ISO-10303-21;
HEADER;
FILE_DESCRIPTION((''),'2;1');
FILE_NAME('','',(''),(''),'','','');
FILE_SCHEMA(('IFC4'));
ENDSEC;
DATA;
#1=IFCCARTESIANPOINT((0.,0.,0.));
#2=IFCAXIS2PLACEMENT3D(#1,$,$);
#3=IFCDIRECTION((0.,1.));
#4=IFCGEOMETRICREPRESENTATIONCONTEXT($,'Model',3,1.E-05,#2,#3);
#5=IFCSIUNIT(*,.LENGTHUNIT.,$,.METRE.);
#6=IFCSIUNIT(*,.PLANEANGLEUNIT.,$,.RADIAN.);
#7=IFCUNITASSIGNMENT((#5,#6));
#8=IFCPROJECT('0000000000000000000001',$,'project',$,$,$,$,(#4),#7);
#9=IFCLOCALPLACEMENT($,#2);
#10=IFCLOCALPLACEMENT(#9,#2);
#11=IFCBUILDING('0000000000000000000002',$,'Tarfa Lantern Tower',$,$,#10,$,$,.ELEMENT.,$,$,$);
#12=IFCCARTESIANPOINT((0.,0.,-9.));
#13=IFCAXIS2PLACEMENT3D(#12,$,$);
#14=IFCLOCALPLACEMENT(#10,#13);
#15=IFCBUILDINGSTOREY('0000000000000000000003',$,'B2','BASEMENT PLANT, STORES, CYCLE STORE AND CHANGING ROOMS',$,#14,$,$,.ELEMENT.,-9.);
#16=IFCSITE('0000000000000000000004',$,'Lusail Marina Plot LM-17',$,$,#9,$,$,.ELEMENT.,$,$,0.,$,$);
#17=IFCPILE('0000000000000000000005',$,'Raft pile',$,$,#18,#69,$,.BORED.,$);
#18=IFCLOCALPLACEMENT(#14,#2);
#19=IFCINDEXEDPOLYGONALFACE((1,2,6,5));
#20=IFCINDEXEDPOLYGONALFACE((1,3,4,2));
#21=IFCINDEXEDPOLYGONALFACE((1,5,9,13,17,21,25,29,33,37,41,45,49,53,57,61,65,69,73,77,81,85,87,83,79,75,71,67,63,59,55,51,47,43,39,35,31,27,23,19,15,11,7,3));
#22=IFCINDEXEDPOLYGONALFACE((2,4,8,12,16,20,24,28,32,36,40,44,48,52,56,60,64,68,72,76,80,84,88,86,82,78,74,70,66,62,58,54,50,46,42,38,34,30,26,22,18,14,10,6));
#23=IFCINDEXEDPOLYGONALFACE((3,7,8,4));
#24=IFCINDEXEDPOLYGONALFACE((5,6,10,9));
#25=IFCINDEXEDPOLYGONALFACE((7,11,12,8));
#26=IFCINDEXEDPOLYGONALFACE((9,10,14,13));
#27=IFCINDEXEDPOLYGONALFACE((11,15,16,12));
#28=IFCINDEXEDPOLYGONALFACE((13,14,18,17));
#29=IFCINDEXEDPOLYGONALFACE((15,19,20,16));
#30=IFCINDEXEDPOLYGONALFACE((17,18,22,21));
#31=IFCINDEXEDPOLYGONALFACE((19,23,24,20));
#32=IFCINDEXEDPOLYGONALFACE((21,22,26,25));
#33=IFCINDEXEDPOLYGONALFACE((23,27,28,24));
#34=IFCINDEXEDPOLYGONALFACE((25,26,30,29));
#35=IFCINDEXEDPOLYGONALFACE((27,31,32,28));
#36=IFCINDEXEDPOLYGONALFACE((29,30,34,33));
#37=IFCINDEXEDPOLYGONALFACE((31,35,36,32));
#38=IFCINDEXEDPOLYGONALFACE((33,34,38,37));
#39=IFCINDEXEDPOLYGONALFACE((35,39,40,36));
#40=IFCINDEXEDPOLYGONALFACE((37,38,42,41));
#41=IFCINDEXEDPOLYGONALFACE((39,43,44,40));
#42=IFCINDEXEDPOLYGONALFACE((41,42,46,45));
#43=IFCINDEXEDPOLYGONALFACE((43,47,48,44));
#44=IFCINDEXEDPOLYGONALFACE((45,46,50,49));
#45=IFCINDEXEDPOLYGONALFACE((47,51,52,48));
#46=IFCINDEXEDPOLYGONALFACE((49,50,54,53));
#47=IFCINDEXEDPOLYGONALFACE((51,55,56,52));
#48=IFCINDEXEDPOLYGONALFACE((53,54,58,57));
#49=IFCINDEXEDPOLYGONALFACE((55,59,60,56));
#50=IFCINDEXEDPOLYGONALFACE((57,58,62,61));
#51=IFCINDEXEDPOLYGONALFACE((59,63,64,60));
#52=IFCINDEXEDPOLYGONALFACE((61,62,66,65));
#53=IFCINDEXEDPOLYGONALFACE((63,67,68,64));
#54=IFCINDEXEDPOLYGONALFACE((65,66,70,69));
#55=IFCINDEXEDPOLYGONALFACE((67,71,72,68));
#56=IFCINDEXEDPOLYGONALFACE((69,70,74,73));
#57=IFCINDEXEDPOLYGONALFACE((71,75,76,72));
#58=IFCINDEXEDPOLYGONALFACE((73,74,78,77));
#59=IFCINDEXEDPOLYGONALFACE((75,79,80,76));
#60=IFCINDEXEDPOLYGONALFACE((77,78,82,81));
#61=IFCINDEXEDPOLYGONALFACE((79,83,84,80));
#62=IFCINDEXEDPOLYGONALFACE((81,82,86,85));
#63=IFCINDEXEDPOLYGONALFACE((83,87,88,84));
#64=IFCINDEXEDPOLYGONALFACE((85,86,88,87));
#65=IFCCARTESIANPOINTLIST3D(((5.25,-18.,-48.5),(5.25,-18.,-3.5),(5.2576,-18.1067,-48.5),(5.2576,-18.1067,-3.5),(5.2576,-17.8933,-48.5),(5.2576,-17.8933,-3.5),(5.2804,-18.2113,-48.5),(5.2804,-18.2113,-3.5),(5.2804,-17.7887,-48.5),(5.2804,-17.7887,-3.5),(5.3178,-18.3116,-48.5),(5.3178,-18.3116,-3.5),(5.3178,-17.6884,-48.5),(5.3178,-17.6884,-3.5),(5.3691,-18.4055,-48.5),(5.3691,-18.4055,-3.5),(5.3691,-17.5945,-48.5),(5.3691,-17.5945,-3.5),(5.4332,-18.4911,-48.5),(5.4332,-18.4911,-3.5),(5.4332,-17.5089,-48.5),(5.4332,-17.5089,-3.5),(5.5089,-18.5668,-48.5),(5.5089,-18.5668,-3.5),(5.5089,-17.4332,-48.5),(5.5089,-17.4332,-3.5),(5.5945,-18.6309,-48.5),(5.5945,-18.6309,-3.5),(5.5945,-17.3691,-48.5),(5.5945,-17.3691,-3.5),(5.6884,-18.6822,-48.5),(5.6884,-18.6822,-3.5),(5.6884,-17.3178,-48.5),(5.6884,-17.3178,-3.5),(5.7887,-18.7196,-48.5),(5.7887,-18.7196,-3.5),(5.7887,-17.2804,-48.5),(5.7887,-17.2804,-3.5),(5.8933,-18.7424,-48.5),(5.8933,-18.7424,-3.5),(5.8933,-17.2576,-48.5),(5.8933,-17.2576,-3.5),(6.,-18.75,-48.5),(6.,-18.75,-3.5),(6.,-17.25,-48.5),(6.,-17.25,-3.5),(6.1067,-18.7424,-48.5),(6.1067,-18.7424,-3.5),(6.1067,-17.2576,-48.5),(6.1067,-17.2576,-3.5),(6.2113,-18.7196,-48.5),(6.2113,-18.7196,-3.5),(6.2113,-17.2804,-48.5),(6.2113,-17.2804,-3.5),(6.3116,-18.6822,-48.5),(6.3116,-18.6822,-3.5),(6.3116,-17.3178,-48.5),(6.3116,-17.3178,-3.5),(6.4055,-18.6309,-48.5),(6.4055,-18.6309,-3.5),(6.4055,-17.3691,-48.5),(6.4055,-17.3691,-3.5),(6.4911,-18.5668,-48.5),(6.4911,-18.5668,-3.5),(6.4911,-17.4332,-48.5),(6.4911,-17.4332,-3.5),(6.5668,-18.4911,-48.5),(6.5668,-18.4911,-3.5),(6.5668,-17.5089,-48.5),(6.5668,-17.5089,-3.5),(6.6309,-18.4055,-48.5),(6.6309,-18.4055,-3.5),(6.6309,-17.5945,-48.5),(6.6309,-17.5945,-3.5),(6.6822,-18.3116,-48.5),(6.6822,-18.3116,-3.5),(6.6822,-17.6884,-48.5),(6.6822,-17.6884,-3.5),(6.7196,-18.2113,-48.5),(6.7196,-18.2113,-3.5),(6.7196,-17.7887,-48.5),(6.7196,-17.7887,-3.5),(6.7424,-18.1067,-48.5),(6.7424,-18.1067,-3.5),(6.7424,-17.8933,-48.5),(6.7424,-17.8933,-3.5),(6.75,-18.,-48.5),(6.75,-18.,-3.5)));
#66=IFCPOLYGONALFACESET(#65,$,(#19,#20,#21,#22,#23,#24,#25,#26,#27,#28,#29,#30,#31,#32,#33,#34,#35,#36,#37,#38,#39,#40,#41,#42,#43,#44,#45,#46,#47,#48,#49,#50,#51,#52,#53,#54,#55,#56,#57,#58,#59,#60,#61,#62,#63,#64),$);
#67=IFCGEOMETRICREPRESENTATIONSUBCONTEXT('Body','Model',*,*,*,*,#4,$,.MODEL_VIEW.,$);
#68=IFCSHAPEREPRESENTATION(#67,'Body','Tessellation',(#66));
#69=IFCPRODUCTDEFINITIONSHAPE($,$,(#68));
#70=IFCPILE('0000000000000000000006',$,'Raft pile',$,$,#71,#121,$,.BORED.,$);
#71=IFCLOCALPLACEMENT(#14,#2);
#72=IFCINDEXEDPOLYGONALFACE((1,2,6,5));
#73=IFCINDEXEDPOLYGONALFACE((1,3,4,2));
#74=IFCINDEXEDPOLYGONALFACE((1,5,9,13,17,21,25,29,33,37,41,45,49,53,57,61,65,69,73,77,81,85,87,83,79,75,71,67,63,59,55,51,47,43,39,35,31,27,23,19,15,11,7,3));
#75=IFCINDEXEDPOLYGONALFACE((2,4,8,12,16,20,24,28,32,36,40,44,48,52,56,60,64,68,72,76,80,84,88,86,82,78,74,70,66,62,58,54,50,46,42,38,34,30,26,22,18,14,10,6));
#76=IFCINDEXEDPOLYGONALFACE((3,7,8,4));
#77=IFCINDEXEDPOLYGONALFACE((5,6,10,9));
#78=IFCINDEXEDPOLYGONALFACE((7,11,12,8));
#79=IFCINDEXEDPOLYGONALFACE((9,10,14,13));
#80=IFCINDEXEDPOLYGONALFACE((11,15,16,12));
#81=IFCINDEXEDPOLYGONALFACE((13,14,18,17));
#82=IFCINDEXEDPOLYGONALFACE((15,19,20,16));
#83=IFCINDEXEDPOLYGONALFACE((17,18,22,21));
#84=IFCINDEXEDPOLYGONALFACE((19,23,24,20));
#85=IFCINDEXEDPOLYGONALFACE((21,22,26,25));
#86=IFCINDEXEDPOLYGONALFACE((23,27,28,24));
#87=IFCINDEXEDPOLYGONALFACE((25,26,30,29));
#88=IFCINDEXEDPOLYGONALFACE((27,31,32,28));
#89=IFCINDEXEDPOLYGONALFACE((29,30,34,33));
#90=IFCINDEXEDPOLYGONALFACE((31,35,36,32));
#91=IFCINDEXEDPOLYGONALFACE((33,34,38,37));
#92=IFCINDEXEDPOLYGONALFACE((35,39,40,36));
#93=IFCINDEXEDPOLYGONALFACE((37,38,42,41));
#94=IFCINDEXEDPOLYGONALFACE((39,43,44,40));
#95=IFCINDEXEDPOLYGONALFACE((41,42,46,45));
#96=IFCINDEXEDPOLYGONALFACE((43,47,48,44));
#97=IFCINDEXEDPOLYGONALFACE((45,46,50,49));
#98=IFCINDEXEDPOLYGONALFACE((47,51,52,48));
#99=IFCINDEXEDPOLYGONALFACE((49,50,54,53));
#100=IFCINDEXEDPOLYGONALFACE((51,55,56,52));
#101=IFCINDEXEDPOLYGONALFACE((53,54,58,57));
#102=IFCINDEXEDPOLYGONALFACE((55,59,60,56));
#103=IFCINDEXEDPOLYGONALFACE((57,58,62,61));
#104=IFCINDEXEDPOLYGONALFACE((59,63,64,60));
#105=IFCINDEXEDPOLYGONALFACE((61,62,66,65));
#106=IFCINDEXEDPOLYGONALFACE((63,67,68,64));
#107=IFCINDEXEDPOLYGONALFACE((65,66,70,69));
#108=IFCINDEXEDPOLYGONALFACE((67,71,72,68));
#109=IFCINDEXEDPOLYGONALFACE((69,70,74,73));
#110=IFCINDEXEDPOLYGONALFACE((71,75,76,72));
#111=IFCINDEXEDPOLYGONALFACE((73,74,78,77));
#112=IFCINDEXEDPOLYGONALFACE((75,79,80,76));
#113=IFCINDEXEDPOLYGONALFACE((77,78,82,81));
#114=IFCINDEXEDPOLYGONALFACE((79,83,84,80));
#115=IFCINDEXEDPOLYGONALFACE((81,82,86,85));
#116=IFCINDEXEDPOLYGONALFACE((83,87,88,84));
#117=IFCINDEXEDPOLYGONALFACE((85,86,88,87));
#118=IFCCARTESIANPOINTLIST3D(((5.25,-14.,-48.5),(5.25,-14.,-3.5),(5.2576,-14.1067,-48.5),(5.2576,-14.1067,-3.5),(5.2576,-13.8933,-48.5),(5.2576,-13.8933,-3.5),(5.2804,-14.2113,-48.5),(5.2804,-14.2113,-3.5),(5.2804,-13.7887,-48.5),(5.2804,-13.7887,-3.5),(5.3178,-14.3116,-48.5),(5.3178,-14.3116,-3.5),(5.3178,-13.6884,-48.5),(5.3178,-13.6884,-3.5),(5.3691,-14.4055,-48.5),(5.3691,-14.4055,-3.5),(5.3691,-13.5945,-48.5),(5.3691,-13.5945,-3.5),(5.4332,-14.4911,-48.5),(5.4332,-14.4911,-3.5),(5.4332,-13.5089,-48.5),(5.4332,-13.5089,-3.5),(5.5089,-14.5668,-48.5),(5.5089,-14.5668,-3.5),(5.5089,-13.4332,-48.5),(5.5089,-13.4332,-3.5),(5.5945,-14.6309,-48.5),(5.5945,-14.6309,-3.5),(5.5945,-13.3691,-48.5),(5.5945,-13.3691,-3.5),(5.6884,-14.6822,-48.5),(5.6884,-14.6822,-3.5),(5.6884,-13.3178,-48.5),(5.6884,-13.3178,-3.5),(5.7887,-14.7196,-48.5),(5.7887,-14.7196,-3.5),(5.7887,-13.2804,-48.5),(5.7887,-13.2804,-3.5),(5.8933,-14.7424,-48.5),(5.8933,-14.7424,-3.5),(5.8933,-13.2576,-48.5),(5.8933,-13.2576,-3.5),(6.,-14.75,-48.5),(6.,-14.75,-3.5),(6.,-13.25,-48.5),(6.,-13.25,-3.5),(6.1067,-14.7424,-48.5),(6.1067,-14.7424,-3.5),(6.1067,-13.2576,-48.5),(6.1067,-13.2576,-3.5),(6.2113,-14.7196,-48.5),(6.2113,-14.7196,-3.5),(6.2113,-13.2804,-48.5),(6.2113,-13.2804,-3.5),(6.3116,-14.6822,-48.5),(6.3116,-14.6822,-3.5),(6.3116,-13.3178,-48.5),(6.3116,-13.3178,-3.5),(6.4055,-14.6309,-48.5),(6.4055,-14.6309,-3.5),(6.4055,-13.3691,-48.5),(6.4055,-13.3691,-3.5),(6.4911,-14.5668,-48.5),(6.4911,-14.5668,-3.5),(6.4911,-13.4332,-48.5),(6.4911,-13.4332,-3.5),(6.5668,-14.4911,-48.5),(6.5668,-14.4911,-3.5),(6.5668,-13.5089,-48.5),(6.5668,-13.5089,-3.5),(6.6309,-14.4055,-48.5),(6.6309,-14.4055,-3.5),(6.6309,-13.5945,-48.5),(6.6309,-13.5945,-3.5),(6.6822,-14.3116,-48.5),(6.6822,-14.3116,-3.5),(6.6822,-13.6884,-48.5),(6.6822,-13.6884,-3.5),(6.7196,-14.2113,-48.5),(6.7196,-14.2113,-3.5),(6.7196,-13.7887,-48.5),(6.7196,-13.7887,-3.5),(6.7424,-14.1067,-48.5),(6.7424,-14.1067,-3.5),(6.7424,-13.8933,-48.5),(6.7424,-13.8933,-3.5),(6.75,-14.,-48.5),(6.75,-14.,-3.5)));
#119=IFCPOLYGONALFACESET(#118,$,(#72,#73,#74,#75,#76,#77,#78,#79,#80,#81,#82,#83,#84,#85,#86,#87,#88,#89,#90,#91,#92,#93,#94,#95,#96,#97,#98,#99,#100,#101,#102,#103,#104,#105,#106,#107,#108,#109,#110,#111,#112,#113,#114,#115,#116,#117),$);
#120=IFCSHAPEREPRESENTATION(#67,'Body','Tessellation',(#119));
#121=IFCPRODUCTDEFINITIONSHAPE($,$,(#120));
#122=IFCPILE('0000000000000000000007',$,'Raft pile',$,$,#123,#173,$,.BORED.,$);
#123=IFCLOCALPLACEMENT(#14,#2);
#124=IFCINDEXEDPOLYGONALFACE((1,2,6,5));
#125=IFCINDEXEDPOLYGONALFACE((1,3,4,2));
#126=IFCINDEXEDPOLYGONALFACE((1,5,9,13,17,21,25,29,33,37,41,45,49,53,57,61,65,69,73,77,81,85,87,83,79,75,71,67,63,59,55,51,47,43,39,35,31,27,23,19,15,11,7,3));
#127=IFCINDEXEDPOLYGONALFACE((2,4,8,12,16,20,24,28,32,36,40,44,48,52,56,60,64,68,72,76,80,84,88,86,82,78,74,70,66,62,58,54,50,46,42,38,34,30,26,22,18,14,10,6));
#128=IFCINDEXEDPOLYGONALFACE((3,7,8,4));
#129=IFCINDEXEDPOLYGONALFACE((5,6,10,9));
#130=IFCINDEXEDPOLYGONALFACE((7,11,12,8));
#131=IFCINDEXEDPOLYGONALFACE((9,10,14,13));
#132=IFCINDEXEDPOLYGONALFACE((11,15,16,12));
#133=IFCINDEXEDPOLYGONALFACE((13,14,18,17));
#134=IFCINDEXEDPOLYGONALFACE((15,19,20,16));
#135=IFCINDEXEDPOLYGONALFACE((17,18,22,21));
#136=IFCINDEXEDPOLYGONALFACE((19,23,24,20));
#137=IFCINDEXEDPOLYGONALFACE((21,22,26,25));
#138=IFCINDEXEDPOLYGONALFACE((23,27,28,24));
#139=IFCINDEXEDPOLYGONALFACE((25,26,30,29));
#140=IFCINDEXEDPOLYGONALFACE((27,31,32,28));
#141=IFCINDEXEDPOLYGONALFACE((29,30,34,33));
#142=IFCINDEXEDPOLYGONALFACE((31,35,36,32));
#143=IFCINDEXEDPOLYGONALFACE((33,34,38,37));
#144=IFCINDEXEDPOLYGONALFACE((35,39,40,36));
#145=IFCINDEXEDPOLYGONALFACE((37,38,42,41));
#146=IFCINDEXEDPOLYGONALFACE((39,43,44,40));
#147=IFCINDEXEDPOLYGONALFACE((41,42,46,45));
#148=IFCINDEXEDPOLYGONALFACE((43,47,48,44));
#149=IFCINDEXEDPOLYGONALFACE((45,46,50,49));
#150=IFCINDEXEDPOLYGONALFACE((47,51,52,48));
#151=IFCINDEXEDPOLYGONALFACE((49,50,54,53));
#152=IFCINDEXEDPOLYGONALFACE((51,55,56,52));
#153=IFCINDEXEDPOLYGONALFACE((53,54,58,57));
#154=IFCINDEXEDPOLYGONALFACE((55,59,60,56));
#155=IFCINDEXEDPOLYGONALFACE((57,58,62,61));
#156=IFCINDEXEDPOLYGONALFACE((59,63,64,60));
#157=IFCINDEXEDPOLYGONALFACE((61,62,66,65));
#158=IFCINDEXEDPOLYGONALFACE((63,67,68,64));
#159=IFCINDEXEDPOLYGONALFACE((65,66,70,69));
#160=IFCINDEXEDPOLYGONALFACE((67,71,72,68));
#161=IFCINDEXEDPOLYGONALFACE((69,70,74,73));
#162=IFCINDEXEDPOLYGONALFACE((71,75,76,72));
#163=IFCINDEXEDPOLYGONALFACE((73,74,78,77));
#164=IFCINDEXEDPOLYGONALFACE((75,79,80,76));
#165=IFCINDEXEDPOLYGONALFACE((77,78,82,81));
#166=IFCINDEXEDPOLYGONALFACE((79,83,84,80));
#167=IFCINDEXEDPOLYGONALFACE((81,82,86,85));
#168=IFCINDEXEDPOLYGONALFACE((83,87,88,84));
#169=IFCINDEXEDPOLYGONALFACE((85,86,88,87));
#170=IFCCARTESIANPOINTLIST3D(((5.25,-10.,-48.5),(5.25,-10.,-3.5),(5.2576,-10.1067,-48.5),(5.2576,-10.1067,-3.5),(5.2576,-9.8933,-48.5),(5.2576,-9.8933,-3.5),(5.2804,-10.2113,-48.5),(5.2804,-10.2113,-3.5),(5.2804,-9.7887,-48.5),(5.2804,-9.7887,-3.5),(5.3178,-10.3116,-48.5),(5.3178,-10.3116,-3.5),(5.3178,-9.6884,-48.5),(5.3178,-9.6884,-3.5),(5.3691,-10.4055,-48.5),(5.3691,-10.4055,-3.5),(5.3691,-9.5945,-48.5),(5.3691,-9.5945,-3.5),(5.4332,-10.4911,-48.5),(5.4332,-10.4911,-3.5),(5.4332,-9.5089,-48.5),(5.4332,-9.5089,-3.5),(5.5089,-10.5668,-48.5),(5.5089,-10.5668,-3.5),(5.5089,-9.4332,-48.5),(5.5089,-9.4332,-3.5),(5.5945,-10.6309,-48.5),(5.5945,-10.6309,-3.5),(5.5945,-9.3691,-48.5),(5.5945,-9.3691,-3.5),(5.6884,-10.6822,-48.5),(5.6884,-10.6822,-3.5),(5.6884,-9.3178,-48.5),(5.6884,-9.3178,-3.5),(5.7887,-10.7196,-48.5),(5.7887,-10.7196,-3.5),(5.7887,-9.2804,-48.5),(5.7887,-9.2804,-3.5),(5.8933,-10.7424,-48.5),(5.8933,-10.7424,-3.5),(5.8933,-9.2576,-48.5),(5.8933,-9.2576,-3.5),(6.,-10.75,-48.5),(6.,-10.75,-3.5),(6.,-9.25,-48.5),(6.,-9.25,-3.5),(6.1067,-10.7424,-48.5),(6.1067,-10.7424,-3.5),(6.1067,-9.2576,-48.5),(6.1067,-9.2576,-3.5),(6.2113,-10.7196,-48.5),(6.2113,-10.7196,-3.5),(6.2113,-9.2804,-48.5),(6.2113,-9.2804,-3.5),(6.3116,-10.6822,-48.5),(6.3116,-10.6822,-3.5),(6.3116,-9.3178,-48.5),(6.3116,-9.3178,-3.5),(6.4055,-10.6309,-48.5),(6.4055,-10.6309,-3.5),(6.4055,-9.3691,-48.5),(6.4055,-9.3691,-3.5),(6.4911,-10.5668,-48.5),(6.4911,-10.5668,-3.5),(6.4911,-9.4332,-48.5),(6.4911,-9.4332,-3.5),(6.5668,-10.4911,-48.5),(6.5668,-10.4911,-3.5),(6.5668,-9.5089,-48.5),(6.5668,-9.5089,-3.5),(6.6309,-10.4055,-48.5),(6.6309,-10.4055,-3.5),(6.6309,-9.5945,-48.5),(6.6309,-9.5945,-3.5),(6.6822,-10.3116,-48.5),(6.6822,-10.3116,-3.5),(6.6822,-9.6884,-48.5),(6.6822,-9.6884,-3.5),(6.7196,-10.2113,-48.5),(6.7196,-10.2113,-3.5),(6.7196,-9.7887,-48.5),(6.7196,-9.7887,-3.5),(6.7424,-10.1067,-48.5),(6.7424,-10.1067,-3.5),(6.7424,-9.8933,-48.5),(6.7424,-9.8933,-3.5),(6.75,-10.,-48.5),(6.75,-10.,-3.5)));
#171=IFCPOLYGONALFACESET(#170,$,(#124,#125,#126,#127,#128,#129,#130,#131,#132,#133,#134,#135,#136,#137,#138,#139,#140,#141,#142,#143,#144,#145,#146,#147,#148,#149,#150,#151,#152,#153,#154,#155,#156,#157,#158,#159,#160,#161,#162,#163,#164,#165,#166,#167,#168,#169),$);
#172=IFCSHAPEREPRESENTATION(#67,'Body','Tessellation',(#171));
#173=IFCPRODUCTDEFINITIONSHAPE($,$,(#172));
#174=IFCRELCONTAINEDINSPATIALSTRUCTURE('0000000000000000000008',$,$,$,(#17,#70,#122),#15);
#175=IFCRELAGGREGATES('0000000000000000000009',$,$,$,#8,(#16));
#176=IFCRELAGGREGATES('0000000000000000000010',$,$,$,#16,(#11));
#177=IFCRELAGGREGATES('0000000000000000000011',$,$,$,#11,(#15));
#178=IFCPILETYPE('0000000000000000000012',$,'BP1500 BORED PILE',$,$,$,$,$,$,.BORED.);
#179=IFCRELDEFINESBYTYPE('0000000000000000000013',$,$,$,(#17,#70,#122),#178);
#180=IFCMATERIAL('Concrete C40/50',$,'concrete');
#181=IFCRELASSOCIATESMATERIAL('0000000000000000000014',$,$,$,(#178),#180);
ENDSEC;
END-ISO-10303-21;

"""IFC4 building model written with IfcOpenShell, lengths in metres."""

from ifc_helpers import new_model, si_unit, direction, frame, origin, origin_2d, place, context, subcontext, project, spatial, circle, extrude, material, material_profile, profile_set, type_object, element, save


model = new_model("IFC4")

# Units and contexts
model_context = context("Model", 3, precision=1e-05, world=origin(), true_north=direction((0.0, 1.0)))
body_context = subcontext(model_context, "Body", "Model", "MODEL_VIEW")
ifc_project = project(units=[si_unit("LENGTHUNIT", "METRE"), si_unit("PLANEANGLEUNIT", "RADIAN")], contexts=[model_context])

# Site, building, storey
site_placement = place(None, origin())
site = spatial("IfcSite", under=ifc_project, at=site_placement, Name="Lusail Marina Plot LM-17", CompositionType="ELEMENT", RefElevation=0.0)
building_placement = place(site_placement, origin())
building = spatial("IfcBuilding", under=site, at=building_placement, Name="Tarfa Lantern Tower", CompositionType="ELEMENT")
storey_placement = place(building_placement, frame((0.0, 0.0, -9.0)))
storey = spatial("IfcBuildingStorey", under=building, at=storey_placement, Name="B2", Description="BASEMENT PLANT, STORES, CYCLE STORE AND CHANGING ROOMS", CompositionType="ELEMENT", Elevation=-9.0)

# Piles
ifc_material_1 = material(Name="Concrete C40/50", Category="concrete")
ifc_material_profile = material_profile(ifc_material_1, circle(Radius=0.75, at=origin_2d()), Name="BORED PILE D1500")
ifc_profile_set = profile_set([ifc_material_profile], Name="Concrete C40/50")
pile_type = type_object("IfcPileType", Name="BP1500 BORED PILE", PredefinedType="BORED", material=ifc_profile_set)
for number, where, z_axis, x_axis, name in (
    (1, (6.0, -18.0, -3.5), (0.0, 0.0, -1.0), (1.0, 0.0, 0.0), "Raft pile"),
    (2, (6.0, -14.0, -3.5), (0.0, 0.0, -1.0), (1.0, 0.0, 0.0), "Raft pile"),
    (3, (6.0, -10.0, -3.5), (0.0, 0.0, -1.0), (1.0, 0.0, 0.0), "Raft pile"),
):
    element("IfcPile", number, at=place(storey_placement, frame(where, z_axis=z_axis, x_axis=x_axis)), inside=storey, type_object=pile_type, Name=name, PredefinedType="BORED", context=body_context, shape_type="SweptSolid", body=[
        extrude(circle(Radius=0.75, at=origin_2d()), origin(), (0.0, 0.0, 1.0), 45.0),
    ])

save(model, "model.ifc")
